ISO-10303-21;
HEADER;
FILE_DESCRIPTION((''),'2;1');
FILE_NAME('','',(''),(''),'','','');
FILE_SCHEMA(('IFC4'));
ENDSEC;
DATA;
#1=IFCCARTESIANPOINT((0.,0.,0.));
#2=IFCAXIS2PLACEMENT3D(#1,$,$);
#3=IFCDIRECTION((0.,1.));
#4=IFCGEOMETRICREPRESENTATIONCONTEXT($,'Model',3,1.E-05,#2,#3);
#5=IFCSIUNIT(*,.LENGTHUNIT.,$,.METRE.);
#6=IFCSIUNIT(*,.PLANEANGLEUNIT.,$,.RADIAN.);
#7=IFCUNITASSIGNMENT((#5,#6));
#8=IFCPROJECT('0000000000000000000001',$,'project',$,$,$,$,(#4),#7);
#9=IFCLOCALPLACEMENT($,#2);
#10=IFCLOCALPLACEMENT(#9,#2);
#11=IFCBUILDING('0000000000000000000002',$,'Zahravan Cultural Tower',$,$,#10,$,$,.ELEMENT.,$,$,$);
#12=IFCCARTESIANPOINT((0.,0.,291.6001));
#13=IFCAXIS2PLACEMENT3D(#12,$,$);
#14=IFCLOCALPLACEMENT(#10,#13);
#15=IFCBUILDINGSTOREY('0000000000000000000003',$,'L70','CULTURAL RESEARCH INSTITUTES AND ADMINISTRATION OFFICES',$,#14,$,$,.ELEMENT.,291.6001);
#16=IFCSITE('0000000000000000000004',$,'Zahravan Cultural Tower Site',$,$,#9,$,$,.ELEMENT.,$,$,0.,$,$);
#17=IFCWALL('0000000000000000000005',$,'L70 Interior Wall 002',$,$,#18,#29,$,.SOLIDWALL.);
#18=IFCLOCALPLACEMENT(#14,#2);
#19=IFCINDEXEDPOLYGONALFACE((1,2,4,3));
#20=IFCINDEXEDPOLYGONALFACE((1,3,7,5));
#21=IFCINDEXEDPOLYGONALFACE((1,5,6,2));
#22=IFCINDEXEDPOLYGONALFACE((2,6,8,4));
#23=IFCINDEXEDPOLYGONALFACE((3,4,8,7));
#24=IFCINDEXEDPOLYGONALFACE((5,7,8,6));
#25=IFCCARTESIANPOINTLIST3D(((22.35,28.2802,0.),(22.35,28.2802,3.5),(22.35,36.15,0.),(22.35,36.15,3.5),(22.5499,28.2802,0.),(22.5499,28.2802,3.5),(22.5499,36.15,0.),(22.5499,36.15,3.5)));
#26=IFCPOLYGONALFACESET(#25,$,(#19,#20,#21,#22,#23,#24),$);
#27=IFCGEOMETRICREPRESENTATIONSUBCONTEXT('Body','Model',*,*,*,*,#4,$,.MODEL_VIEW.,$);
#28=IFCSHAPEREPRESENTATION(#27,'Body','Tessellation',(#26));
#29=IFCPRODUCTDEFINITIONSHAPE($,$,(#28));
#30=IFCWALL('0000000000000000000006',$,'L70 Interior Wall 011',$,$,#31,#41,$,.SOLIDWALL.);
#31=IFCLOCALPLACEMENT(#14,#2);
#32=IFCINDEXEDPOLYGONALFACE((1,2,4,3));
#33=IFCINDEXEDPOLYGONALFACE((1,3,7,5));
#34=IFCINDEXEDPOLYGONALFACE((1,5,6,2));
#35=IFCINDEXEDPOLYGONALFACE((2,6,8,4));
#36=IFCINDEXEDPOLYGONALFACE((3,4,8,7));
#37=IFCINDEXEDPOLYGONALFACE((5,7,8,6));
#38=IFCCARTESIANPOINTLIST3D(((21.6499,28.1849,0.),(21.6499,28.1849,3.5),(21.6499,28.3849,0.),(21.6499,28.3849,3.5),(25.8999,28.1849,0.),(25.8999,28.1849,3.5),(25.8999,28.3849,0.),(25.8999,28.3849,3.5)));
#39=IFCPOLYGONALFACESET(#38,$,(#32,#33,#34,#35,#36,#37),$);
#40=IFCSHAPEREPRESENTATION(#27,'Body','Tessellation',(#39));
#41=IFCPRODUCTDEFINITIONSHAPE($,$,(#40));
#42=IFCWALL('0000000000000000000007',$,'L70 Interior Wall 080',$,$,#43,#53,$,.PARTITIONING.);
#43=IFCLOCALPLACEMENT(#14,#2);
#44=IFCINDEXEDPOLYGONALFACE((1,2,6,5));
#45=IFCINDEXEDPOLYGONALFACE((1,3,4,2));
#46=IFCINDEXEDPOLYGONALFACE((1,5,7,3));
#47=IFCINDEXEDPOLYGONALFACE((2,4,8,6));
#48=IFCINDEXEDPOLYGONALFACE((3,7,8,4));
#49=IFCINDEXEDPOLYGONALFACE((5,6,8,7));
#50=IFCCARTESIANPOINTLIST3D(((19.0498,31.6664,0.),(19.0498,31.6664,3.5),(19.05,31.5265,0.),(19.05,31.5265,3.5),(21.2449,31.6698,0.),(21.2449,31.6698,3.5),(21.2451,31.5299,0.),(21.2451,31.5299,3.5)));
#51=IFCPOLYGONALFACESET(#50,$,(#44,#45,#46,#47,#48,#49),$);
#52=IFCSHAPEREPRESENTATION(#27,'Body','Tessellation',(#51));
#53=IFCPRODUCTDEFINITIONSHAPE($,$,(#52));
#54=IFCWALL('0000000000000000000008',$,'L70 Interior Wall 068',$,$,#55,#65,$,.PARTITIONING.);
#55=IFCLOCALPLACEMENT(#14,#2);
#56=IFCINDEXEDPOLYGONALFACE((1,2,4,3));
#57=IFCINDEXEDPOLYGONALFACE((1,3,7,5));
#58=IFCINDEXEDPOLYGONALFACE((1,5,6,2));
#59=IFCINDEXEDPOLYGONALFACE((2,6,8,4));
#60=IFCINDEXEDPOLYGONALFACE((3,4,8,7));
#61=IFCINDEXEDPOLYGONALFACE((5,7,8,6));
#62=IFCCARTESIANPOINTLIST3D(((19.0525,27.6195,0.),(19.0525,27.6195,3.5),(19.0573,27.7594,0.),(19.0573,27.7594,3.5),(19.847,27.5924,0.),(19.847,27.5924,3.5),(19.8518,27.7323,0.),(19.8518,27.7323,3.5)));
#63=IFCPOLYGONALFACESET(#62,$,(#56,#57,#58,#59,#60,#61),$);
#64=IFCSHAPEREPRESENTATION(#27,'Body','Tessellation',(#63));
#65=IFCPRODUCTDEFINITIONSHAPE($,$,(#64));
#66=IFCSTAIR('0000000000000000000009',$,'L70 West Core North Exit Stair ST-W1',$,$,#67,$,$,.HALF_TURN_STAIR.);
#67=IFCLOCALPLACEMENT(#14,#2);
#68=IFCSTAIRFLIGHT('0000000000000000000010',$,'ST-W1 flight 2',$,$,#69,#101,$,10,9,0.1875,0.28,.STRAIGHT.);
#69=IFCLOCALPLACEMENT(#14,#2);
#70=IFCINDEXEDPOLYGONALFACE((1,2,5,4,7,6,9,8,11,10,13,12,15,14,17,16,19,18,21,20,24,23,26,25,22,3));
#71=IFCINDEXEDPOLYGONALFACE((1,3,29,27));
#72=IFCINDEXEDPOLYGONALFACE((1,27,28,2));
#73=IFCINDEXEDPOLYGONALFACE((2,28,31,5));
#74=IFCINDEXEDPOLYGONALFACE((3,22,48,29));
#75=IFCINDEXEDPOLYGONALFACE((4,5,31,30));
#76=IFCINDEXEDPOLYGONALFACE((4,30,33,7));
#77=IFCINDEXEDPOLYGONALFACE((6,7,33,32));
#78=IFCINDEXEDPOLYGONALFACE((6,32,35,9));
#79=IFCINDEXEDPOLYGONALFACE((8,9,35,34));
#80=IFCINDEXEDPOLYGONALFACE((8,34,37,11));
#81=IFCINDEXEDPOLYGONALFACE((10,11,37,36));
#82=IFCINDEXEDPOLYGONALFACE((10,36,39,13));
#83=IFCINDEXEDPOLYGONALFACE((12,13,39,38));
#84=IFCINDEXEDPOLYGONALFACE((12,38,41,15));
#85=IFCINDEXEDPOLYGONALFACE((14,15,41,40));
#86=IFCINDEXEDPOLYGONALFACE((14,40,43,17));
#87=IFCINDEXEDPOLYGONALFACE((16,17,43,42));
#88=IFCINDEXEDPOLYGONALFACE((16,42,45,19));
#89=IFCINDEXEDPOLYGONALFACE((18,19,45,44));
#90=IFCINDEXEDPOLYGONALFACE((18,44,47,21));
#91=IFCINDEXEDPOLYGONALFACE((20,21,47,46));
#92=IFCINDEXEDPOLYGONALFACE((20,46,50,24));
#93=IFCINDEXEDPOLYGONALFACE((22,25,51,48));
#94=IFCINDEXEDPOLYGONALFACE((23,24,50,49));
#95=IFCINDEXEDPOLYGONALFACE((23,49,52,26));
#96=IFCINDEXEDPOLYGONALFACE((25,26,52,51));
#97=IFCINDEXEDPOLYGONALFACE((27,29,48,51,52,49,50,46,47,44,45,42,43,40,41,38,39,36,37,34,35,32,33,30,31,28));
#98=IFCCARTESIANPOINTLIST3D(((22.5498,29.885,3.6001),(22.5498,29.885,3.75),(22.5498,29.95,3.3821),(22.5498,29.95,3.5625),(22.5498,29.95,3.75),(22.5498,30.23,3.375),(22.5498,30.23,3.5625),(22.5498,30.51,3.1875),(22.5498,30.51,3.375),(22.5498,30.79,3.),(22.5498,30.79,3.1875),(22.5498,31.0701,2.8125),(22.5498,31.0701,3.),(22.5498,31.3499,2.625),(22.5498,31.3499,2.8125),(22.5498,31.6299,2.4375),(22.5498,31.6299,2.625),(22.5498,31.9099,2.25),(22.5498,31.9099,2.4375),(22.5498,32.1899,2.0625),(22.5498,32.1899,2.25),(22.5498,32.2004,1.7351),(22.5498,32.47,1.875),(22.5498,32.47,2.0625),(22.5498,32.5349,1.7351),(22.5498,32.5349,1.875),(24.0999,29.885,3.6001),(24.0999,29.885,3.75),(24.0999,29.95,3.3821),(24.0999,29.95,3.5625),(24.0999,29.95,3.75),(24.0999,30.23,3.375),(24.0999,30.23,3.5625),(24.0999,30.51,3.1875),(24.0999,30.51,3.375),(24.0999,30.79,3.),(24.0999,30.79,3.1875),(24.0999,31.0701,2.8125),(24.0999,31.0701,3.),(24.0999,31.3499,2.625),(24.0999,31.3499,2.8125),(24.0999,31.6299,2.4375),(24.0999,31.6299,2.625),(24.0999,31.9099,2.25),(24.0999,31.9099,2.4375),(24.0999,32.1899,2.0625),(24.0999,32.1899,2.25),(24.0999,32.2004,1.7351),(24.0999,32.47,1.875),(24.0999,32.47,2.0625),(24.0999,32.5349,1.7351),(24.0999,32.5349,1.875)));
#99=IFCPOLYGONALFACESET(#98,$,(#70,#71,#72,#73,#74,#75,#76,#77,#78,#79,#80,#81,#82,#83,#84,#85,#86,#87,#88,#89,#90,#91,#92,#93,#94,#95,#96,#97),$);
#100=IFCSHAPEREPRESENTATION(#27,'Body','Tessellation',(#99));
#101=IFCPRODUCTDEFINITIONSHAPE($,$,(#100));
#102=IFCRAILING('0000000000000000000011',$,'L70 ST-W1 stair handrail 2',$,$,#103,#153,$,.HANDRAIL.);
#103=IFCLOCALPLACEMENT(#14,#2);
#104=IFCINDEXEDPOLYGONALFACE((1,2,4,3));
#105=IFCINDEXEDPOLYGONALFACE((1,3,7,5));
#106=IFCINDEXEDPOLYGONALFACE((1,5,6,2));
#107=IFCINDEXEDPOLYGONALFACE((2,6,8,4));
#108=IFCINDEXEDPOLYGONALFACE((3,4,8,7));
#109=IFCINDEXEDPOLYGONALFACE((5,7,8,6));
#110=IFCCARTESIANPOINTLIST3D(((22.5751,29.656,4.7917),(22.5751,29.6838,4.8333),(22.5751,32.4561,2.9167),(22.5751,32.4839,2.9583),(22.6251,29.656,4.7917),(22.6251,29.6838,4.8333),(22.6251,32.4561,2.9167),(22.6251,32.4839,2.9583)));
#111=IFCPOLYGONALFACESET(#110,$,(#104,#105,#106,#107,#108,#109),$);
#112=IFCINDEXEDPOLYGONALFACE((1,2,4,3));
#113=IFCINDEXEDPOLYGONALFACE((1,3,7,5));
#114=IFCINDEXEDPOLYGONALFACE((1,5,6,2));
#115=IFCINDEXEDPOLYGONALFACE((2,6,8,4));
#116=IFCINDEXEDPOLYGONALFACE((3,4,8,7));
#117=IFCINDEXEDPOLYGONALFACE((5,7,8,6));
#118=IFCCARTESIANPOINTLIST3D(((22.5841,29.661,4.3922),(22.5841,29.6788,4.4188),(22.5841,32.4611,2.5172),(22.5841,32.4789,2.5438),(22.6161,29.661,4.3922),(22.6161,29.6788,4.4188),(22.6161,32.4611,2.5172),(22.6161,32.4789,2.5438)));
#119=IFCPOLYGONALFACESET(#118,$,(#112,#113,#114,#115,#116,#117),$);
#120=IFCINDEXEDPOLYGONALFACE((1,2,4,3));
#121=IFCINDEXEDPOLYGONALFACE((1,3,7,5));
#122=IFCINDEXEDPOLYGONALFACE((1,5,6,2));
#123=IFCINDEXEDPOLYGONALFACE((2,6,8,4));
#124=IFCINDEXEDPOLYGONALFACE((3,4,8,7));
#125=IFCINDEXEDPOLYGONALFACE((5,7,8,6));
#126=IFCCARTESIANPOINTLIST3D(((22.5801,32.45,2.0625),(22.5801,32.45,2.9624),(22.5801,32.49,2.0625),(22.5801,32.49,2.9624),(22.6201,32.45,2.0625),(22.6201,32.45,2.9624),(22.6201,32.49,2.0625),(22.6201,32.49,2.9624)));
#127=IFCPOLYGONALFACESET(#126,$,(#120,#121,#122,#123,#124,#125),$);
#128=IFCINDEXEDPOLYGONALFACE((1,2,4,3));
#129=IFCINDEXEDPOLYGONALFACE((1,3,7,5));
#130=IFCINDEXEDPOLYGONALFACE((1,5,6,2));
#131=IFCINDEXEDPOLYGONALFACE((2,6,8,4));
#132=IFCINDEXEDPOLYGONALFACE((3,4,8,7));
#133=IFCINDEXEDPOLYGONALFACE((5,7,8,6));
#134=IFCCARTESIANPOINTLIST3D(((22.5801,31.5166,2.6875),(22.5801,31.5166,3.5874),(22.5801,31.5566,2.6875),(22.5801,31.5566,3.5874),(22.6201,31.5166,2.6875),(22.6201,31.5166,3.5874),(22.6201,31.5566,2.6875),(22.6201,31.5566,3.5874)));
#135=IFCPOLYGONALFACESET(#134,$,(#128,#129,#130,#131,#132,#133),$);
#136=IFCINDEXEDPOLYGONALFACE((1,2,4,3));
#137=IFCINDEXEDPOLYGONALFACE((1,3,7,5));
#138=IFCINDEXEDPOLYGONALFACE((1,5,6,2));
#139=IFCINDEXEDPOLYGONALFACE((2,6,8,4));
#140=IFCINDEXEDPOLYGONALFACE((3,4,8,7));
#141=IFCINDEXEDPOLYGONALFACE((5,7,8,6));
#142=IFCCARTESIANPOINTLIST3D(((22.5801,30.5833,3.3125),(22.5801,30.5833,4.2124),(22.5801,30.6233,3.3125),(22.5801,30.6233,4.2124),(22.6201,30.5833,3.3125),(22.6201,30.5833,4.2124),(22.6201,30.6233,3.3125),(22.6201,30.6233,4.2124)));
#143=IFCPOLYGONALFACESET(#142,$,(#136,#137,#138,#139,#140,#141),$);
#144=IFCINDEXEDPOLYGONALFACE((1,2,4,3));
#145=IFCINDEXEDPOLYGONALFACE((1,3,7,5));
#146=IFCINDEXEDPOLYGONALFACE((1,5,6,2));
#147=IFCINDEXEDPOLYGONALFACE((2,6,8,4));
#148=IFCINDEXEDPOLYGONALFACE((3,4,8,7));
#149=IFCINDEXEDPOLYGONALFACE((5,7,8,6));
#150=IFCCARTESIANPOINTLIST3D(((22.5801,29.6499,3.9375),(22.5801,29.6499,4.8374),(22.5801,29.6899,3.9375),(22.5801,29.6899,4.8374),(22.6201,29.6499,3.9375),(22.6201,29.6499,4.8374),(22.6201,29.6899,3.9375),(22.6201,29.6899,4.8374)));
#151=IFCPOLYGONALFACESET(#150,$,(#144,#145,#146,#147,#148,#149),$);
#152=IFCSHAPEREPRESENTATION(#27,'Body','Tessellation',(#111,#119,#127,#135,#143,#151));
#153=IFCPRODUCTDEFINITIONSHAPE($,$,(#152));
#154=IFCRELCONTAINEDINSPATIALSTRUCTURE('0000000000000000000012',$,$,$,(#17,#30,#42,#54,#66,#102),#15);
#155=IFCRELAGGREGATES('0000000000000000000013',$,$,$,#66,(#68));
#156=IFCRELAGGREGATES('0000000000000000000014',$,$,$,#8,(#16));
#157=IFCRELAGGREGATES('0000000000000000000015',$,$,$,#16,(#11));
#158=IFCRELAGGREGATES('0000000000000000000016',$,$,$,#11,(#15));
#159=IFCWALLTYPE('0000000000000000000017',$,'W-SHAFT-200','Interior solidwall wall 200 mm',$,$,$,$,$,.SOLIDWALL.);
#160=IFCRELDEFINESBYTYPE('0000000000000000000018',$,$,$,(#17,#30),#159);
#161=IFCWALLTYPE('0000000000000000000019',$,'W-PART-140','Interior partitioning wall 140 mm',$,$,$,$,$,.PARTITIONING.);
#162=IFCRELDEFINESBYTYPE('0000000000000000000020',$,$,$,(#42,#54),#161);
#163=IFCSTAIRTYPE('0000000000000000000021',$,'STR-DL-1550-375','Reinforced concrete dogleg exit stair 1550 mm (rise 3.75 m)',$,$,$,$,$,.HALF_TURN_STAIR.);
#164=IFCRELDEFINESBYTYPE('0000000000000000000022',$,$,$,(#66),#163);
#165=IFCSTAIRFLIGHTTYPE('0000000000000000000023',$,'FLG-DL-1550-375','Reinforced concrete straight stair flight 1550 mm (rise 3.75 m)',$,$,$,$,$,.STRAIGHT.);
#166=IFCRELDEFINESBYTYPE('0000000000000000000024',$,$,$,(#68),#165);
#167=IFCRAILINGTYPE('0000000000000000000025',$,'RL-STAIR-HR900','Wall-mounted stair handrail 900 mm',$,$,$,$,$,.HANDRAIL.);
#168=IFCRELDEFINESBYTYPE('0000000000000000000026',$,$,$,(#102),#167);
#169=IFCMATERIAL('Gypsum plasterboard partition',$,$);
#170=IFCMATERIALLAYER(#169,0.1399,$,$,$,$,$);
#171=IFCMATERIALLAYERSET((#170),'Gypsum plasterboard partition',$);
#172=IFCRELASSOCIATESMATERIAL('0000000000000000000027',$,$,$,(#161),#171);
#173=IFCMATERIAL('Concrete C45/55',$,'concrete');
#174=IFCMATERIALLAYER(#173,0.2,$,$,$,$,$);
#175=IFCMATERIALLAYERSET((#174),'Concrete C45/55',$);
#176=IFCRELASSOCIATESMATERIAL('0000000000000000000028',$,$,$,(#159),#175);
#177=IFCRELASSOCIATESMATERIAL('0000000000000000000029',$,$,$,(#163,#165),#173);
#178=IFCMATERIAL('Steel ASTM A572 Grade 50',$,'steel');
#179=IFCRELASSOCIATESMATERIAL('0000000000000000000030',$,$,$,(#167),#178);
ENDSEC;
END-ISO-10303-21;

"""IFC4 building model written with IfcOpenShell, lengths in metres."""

from ifc_helpers import new_model, si_unit, direction, frame, frame_2d, origin, origin_2d, place, context, subcontext, project, spatial, polyline, rectangle, outline, extrude, source, transform, mapped, material, layer, layer_set, type_object, element, aggregate, save


model = new_model("IFC4")

# Units and contexts
model_context = context("Model", 3, precision=1e-05, world=origin(), true_north=direction((0.0, 1.0)))
body_context = subcontext(model_context, "Body", "Model", "MODEL_VIEW")
ifc_project = project(units=[si_unit("LENGTHUNIT", "METRE"), si_unit("PLANEANGLEUNIT", "RADIAN")], contexts=[model_context])

# Site, building, storey
site_placement = place(None, origin())
site = spatial("IfcSite", under=ifc_project, at=site_placement, Name="Zahravan Cultural Tower Site", CompositionType="ELEMENT", RefElevation=0.0)
building_placement = place(site_placement, origin())
building = spatial("IfcBuilding", under=site, at=building_placement, Name="Zahravan Cultural Tower", CompositionType="ELEMENT")
storey_placement = place(building_placement, frame((0.0, 0.0, 291.6001)))
storey = spatial("IfcBuildingStorey", under=building, at=storey_placement, Name="L70", Description="CULTURAL RESEARCH INSTITUTES AND ADMINISTRATION OFFICES", CompositionType="ELEMENT", Elevation=291.6001)

# Shared definitions
ifc_material_1 = material(Name="Gypsum plasterboard partition")
ifc_layer_1 = layer(ifc_material_1, 0.1399)
ifc_layer_set_1 = layer_set([ifc_layer_1], Name="Gypsum plasterboard partition")
wall_type_1 = type_object("IfcWallType", Name="W-PART-140", Description="Interior partitioning wall 140 mm", PredefinedType="PARTITIONING", material=ifc_layer_set_1)

# Walls
ifc_material_2 = material(Name="Concrete C45/55", Category="concrete")
ifc_layer_2 = layer(ifc_material_2, 0.2)
ifc_layer_set_2 = layer_set([ifc_layer_2], Name="Concrete C45/55")
wall_type_2 = type_object("IfcWallType", Name="W-SHAFT-200", Description="Interior solidwall wall 200 mm", PredefinedType="SOLIDWALL", material=ifc_layer_set_2)
shared_shape_1 = source(origin(), body_context, "Body", "SweptSolid", [
    extrude(rectangle(XDim=7.8699, YDim=0.2, at=frame_2d((3.9351, 0.0))), origin(), (0.0, 0.0, 1.0), 3.5),
])
wall_1_placement = place(storey_placement, frame((22.45, 28.28, 0.0), z_axis=(0.0, 0.0, 1.0), x_axis=(0.0, 1.0, 0.0)))
element("IfcWall", 1, at=wall_1_placement, inside=storey, type_object=wall_type_2, Name="L70 Interior Wall 002", PredefinedType="SOLIDWALL", context=body_context, shape_type="MappedRepresentation", body=[
    mapped(shared_shape_1, transform((0.0, 0.0, 0.0), x_axis=(1.0, 0.0, 0.0), y_axis=(0.0, 1.0, 0.0), z_axis=(0.0, 0.0, 1.0), scale=1.0)),
])
shared_shape_2 = source(origin(), body_context, "Body", "SweptSolid", [
    extrude(rectangle(XDim=4.25, YDim=0.2, at=frame_2d((2.125, 0.0))), origin(), (0.0, 0.0, 1.0), 3.5),
])
wall_2_placement = place(storey_placement, frame((21.6499, 28.2849, 0.0), z_axis=(0.0, 0.0, 1.0), x_axis=(1.0, 0.0, 0.0)))
element("IfcWall", 2, at=wall_2_placement, inside=storey, type_object=wall_type_2, Name="L70 Interior Wall 011", PredefinedType="SOLIDWALL", context=body_context, shape_type="MappedRepresentation", body=[
    mapped(shared_shape_2, transform((0.0, 0.0, 0.0), x_axis=(1.0, 0.0, 0.0), y_axis=(0.0, 1.0, 0.0), z_axis=(0.0, 0.0, 1.0), scale=1.0)),
])
shared_shape_3 = source(origin(), body_context, "Body", "SweptSolid", [
    extrude(rectangle(XDim=2.1951, YDim=0.1399, at=frame_2d((1.0977, 0.0))), origin(), (0.0, 0.0, 1.0), 3.5),
])
wall_3_placement = place(storey_placement, frame((21.2451, 31.5999, 0.0), z_axis=(0.0, 0.0, 1.0), x_axis=(-0.999999, -0.001557, 0.0)))
element("IfcWall", 3, at=wall_3_placement, inside=storey, type_object=wall_type_1, Name="L70 Interior Wall 080", PredefinedType="PARTITIONING", context=body_context, shape_type="MappedRepresentation", body=[
    mapped(shared_shape_3, transform((0.0, 0.0, 0.0), x_axis=(1.0, 0.0, 0.0), y_axis=(0.0, 1.0, 0.0), z_axis=(0.0, 0.0, 1.0), scale=1.0)),
])
shared_shape_4 = source(origin(), body_context, "Body", "SweptSolid", [
    extrude(rectangle(XDim=0.7949, YDim=0.1399, at=frame_2d((0.3975, 0.0))), origin(), (0.0, 0.0, 1.0), 3.5),
])
wall_4_placement = place(storey_placement, frame((19.0549, 27.6895, 0.0), z_axis=(0.0, 0.0, 1.0), x_axis=(0.999419, -0.034092, 0.0)))
element("IfcWall", 4, at=wall_4_placement, inside=storey, type_object=wall_type_1, Name="L70 Interior Wall 068", PredefinedType="PARTITIONING", context=body_context, shape_type="MappedRepresentation", body=[
    mapped(shared_shape_4, transform((0.0, 0.0, 0.0), x_axis=(1.0, 0.0, 0.0), y_axis=(0.0, 1.0, 0.0), z_axis=(0.0, 0.0, 1.0), scale=1.0)),
])

# Stair, stair flight
stair_type = type_object("IfcStairType", Name="STR-DL-1550-375", Description="Reinforced concrete dogleg exit stair 1550 mm (rise 3.75 m)", PredefinedType="HALF_TURN_STAIR", material=ifc_material_2)
stair_placement = place(storey_placement, origin())
stair = element("IfcStair", 5, at=stair_placement, inside=storey, type_object=stair_type, Name="L70 West Core North Exit Stair ST-W1", PredefinedType="HALF_TURN_STAIR")
stair_flight_type = type_object("IfcStairFlightType", Name="FLG-DL-1550-375", Description="Reinforced concrete straight stair flight 1550 mm (rise 3.75 m)", PredefinedType="STRAIGHT", material=ifc_material_2)
stair_flight_placement = place(storey_placement, frame((23.325, 32.47, 1.875), z_axis=(0.0, 0.0, 1.0), x_axis=(0.0, -1.0, 0.0)))
stair_flight = element("IfcStairFlight", 6, at=stair_flight_placement, type_object=stair_flight_type, Name="ST-W1 flight 2", NumberOfRisers=10, NumberOfTreads=9, PredefinedType="STRAIGHT", RiserHeight=0.1875, TreadLength=0.28, context=body_context, shape_type="SweptSolid", body=[
    extrude(outline(polyline([(-0.0649, -0.1399), (-0.0649, 0.0), (0.0, 0.0), (0.0, 0.1875), (0.28, 0.1875), (0.28, 0.375), (0.5601, 0.375), (0.5601, 0.5625), (0.8401, 0.5625), (0.8401, 0.75), (1.1201, 0.75), (1.1201, 0.9375), (1.3999, 0.9375), (1.3999, 1.125), (1.6799, 1.125), (1.6799, 1.3125), (1.96, 1.3125), (1.96, 1.5), (2.24, 1.5), (2.24, 1.6875), (2.52, 1.6875), (2.52, 1.875), (2.585, 1.875), (2.585, 1.7251), (2.52, 1.5071), (0.2695, -0.1399), (-0.0649, -0.1399)])), frame((0.0, 0.7749, 0.0), z_axis=(0.0, -1.0, 0.0), x_axis=(1.0, 0.0, 0.0)), (0.0, 0.0, 1.0), 1.55),
])
aggregate(stair, [stair_flight])

# Railing
ifc_material_3 = material(Name="Steel ASTM A572 Grade 50", Category="steel")
railing_type = type_object("IfcRailingType", Name="RL-STAIR-HR900", Description="Wall-mounted stair handrail 900 mm", PredefinedType="HANDRAIL", material=ifc_material_3)
railing_placement = place(storey_placement, frame((22.6001, 32.47, 2.0625)))
element("IfcRailing", 7, at=railing_placement, inside=storey, type_object=railing_type, Name="L70 ST-W1 stair handrail 2", PredefinedType="HANDRAIL", context=body_context, shape_type="SweptSolid", body=[
    extrude(rectangle(XDim=0.05, YDim=0.05, at=origin_2d()), frame((0.0, 0.0, 0.875), z_axis=(0.0, -0.830912, 0.556404), x_axis=(1.0, 0.0, 0.0)), (0.0, 0.0, 1.0), 3.3699),
    extrude(rectangle(XDim=0.032, YDim=0.032, at=origin_2d()), frame((0.0, 0.0, 0.468), z_axis=(0.0, -0.830912, 0.556404), x_axis=(1.0, 0.0, 0.0)), (0.0, 0.0, 1.0), 3.3699),
    extrude(rectangle(XDim=0.04, YDim=0.04, at=origin_2d()), origin(), (0.0, 0.0, 1.0), 0.8999),
    extrude(rectangle(XDim=0.04, YDim=0.04, at=origin_2d()), frame((0.0, -0.9333, 0.625)), (0.0, 0.0, 1.0), 0.8999),
    extrude(rectangle(XDim=0.04, YDim=0.04, at=origin_2d()), frame((0.0, -1.8667, 1.25)), (0.0, 0.0, 1.0), 0.8999),
    extrude(rectangle(XDim=0.04, YDim=0.04, at=origin_2d()), frame((0.0, -2.8, 1.875)), (0.0, 0.0, 1.0), 0.8999),
])

save(model, "model.ifc")
